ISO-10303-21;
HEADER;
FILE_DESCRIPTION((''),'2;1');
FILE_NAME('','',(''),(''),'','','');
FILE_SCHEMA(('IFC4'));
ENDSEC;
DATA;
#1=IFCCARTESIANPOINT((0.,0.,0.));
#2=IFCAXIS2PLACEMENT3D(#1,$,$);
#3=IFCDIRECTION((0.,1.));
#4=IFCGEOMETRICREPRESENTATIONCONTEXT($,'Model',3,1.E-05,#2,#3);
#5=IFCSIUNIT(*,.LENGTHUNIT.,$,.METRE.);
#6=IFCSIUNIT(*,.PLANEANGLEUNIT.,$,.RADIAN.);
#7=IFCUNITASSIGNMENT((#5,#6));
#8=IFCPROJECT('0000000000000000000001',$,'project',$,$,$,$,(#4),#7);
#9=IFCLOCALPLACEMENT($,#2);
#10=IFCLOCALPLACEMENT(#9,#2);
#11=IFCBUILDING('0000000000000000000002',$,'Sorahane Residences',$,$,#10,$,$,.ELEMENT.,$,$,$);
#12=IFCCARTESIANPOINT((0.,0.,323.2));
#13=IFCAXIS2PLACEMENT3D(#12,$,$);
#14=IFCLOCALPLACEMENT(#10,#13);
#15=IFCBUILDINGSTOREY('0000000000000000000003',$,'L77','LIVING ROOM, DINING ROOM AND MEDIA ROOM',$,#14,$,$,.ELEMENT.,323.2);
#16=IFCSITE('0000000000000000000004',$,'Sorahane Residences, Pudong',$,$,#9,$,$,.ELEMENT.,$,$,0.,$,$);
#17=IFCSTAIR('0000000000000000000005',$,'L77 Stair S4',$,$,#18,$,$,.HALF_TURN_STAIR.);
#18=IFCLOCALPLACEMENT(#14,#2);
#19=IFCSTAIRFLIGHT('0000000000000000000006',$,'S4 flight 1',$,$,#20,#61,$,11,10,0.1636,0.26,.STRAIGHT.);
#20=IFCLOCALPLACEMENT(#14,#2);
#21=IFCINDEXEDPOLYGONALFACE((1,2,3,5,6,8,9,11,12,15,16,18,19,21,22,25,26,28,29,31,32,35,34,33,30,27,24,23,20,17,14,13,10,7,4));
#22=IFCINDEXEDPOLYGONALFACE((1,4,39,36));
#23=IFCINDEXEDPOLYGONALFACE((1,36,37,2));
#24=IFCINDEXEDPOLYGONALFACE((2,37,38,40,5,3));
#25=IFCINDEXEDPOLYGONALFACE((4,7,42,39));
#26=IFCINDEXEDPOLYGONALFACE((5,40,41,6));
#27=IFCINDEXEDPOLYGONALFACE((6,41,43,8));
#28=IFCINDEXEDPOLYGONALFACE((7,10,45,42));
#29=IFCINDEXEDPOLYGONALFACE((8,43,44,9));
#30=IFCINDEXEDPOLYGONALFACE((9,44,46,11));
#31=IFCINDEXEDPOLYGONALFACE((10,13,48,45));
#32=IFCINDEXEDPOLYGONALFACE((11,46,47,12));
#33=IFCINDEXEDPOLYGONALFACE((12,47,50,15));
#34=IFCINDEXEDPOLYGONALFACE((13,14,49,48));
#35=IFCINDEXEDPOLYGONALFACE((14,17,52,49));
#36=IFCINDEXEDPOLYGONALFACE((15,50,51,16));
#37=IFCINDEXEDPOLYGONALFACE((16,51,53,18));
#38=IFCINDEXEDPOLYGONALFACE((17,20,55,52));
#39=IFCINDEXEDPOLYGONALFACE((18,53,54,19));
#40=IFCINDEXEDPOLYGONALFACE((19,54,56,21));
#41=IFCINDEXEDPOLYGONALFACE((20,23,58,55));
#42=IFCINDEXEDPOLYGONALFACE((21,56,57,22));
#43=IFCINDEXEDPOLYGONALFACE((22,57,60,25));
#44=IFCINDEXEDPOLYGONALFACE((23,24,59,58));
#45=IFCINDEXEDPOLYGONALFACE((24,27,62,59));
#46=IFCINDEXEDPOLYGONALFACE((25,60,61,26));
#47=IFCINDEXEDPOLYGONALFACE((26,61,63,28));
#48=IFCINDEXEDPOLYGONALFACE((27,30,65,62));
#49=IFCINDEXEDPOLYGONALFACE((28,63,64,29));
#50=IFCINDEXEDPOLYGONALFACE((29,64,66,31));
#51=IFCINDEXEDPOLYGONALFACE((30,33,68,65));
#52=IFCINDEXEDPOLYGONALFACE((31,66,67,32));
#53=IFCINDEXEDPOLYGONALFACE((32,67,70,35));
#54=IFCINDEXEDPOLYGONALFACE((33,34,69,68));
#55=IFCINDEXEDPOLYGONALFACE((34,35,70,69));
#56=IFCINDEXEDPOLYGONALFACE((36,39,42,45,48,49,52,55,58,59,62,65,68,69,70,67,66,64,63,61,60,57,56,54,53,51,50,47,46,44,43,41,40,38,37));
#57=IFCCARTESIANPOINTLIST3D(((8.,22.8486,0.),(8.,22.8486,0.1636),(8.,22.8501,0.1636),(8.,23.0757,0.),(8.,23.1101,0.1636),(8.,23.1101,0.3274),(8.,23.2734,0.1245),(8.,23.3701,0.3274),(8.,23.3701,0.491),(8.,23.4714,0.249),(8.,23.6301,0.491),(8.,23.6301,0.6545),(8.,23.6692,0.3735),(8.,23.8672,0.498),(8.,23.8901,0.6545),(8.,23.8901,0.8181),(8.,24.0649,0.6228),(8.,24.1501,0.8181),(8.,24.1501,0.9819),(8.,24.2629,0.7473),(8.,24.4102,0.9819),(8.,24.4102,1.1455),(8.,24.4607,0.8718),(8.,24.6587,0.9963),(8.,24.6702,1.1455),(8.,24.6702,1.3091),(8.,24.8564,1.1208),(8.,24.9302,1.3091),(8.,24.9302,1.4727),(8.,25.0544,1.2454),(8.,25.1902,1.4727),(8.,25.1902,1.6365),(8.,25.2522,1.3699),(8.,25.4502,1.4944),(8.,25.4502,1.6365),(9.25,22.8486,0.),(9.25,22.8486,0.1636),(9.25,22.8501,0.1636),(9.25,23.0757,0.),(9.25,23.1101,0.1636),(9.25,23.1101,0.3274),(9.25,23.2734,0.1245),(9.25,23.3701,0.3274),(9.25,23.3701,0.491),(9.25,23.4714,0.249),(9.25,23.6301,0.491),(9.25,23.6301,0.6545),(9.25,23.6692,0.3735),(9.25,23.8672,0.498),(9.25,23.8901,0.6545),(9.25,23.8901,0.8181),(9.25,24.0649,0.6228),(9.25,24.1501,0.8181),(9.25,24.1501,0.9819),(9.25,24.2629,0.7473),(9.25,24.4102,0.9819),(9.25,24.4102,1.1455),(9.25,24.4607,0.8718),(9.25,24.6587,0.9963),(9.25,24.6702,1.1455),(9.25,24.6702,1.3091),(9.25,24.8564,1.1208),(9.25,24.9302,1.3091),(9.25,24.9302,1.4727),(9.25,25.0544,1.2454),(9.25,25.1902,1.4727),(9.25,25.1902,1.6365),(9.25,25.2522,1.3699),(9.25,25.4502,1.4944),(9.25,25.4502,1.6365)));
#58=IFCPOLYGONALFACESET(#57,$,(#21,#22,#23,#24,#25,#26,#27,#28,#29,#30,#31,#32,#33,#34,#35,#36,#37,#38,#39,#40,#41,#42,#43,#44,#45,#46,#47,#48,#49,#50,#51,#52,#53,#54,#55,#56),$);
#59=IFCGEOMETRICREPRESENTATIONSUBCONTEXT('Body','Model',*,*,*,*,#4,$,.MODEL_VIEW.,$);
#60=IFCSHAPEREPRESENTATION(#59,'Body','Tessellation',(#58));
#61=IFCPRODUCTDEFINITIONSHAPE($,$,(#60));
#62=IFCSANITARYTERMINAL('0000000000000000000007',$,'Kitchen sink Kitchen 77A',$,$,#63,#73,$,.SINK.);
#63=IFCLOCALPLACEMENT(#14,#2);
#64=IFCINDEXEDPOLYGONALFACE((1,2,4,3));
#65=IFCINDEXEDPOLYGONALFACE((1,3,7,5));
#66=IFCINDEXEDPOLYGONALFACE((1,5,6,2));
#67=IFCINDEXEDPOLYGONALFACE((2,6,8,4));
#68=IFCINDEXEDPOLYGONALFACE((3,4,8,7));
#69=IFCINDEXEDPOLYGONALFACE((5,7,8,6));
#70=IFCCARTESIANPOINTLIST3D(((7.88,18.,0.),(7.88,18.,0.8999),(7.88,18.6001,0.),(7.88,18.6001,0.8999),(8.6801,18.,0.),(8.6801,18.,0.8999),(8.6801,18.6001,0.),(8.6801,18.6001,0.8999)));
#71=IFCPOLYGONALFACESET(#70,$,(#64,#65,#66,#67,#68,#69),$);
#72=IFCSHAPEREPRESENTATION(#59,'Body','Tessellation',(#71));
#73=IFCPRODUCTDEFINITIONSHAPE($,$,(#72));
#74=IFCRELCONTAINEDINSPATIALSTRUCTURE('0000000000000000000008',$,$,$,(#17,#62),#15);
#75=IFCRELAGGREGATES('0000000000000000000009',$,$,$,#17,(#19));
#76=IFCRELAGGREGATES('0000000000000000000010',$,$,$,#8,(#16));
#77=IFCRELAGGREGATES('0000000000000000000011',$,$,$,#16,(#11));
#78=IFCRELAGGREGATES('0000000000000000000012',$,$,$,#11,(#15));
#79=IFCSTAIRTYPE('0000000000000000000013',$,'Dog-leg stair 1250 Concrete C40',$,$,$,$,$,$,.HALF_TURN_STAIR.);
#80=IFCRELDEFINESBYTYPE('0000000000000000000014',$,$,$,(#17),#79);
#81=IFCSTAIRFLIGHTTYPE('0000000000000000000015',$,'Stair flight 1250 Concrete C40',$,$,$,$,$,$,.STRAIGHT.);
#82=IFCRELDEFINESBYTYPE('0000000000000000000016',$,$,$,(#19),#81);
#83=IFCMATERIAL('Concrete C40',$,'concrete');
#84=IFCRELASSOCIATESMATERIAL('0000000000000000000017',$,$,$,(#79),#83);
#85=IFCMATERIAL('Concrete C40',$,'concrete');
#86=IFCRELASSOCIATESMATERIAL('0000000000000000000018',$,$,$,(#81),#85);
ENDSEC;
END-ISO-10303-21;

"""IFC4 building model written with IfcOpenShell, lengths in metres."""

from ifc_helpers import new_model, si_unit, direction, frame, origin, origin_2d, place, context, subcontext, project, spatial, polyline, rectangle, outline, extrude, material, type_object, element, aggregate, save


model = new_model("IFC4")

# Units and contexts
model_context = context("Model", 3, precision=1e-05, world=origin(), true_north=direction((0.0, 1.0)))
body_context = subcontext(model_context, "Body", "Model", "MODEL_VIEW")
ifc_project = project(units=[si_unit("LENGTHUNIT", "METRE"), si_unit("PLANEANGLEUNIT", "RADIAN")], contexts=[model_context])

# Site, building, storey
site_placement = place(None, origin())
site = spatial("IfcSite", under=ifc_project, at=site_placement, Name="Sorahane Residences, Pudong", CompositionType="ELEMENT", RefElevation=0.0)
building_placement = place(site_placement, origin())
building = spatial("IfcBuilding", under=site, at=building_placement, Name="Sorahane Residences", CompositionType="ELEMENT")
storey_placement = place(building_placement, frame((0.0, 0.0, 323.2)))
storey = spatial("IfcBuildingStorey", under=building, at=storey_placement, Name="L77", Description="LIVING ROOM, DINING ROOM AND MEDIA ROOM", CompositionType="ELEMENT", Elevation=323.2)

# Stair, stair flight
ifc_material_1 = material(Name="Concrete C40", Category="concrete")
stair_type = type_object("IfcStairType", Name="Dog-leg stair 1250 Concrete C40", PredefinedType="HALF_TURN_STAIR", material=ifc_material_1)
stair_placement = place(storey_placement, origin())
stair = element("IfcStair", 1, at=stair_placement, inside=storey, type_object=stair_type, Name="L77 Stair S4", PredefinedType="HALF_TURN_STAIR")
ifc_material_2 = material(Name="Concrete C40", Category="concrete")
stair_flight_type = type_object("IfcStairFlightType", Name="Stair flight 1250 Concrete C40", PredefinedType="STRAIGHT", material=ifc_material_2)
stair_flight_placement = place(storey_placement, frame((8.625, 22.8501, 0.0), z_axis=(0.0, 0.0, 1.0), x_axis=(0.0, 1.0, 0.0)))
stair_flight = element("IfcStairFlight", 2, at=stair_flight_placement, type_object=stair_flight_type, Name="S4 flight 1", NumberOfRisers=11, NumberOfTreads=10, PredefinedType="STRAIGHT", RiserHeight=0.1636, TreadLength=0.26, context=body_context, shape_type="SweptSolid", body=[
    extrude(outline(polyline([(-0.0015, 0.0), (-0.0015, 0.1636), (0.0, 0.1636), (0.26, 0.1636), (0.26, 0.3274), (0.52, 0.3274), (0.52, 0.491), (0.78, 0.491), (0.78, 0.6545), (1.04, 0.6545), (1.04, 0.8181), (1.3, 0.8181), (1.3, 0.9819), (1.5601, 0.9819), (1.5601, 1.1455), (1.8201, 1.1455), (1.8201, 1.3091), (2.0801, 1.3091), (2.0801, 1.4727), (2.3401, 1.4727), (2.3401, 1.6365), (2.6001, 1.6365), (2.6001, 1.8), (2.6001, 1.4944), (2.4021, 1.3699), (2.2043, 1.2454), (2.0063, 1.1208), (1.8086, 0.9963), (1.6106, 0.8718), (1.4128, 0.7473), (1.2148, 0.6228), (1.0171, 0.498), (0.8191, 0.3735), (0.6213, 0.249), (0.4233, 0.1245), (0.2256, 0.0), (-0.0015, 0.0)])), frame((0.0, 0.625, 0.0), z_axis=(0.0, -1.0, 0.0), x_axis=(1.0, 0.0, 0.0)), (0.0, 0.0, 1.0), 1.25),
])
aggregate(stair, [stair_flight])

# Sanitary terminal
sanitary_terminal_placement = place(storey_placement, frame((8.28, 18.3, 0.0), z_axis=(0.0, 0.0, 1.0), x_axis=(1.0, 0.0, 0.0)))
element("IfcSanitaryTerminal", 3, at=sanitary_terminal_placement, inside=storey, Name="Kitchen sink Kitchen 77A", PredefinedType="SINK", context=body_context, shape_type="SweptSolid", body=[
    extrude(rectangle(XDim=0.8, YDim=0.6001, at=origin_2d()), origin(), (0.0, 0.0, 1.0), 0.8999),
])

save(model, "model.ifc")
